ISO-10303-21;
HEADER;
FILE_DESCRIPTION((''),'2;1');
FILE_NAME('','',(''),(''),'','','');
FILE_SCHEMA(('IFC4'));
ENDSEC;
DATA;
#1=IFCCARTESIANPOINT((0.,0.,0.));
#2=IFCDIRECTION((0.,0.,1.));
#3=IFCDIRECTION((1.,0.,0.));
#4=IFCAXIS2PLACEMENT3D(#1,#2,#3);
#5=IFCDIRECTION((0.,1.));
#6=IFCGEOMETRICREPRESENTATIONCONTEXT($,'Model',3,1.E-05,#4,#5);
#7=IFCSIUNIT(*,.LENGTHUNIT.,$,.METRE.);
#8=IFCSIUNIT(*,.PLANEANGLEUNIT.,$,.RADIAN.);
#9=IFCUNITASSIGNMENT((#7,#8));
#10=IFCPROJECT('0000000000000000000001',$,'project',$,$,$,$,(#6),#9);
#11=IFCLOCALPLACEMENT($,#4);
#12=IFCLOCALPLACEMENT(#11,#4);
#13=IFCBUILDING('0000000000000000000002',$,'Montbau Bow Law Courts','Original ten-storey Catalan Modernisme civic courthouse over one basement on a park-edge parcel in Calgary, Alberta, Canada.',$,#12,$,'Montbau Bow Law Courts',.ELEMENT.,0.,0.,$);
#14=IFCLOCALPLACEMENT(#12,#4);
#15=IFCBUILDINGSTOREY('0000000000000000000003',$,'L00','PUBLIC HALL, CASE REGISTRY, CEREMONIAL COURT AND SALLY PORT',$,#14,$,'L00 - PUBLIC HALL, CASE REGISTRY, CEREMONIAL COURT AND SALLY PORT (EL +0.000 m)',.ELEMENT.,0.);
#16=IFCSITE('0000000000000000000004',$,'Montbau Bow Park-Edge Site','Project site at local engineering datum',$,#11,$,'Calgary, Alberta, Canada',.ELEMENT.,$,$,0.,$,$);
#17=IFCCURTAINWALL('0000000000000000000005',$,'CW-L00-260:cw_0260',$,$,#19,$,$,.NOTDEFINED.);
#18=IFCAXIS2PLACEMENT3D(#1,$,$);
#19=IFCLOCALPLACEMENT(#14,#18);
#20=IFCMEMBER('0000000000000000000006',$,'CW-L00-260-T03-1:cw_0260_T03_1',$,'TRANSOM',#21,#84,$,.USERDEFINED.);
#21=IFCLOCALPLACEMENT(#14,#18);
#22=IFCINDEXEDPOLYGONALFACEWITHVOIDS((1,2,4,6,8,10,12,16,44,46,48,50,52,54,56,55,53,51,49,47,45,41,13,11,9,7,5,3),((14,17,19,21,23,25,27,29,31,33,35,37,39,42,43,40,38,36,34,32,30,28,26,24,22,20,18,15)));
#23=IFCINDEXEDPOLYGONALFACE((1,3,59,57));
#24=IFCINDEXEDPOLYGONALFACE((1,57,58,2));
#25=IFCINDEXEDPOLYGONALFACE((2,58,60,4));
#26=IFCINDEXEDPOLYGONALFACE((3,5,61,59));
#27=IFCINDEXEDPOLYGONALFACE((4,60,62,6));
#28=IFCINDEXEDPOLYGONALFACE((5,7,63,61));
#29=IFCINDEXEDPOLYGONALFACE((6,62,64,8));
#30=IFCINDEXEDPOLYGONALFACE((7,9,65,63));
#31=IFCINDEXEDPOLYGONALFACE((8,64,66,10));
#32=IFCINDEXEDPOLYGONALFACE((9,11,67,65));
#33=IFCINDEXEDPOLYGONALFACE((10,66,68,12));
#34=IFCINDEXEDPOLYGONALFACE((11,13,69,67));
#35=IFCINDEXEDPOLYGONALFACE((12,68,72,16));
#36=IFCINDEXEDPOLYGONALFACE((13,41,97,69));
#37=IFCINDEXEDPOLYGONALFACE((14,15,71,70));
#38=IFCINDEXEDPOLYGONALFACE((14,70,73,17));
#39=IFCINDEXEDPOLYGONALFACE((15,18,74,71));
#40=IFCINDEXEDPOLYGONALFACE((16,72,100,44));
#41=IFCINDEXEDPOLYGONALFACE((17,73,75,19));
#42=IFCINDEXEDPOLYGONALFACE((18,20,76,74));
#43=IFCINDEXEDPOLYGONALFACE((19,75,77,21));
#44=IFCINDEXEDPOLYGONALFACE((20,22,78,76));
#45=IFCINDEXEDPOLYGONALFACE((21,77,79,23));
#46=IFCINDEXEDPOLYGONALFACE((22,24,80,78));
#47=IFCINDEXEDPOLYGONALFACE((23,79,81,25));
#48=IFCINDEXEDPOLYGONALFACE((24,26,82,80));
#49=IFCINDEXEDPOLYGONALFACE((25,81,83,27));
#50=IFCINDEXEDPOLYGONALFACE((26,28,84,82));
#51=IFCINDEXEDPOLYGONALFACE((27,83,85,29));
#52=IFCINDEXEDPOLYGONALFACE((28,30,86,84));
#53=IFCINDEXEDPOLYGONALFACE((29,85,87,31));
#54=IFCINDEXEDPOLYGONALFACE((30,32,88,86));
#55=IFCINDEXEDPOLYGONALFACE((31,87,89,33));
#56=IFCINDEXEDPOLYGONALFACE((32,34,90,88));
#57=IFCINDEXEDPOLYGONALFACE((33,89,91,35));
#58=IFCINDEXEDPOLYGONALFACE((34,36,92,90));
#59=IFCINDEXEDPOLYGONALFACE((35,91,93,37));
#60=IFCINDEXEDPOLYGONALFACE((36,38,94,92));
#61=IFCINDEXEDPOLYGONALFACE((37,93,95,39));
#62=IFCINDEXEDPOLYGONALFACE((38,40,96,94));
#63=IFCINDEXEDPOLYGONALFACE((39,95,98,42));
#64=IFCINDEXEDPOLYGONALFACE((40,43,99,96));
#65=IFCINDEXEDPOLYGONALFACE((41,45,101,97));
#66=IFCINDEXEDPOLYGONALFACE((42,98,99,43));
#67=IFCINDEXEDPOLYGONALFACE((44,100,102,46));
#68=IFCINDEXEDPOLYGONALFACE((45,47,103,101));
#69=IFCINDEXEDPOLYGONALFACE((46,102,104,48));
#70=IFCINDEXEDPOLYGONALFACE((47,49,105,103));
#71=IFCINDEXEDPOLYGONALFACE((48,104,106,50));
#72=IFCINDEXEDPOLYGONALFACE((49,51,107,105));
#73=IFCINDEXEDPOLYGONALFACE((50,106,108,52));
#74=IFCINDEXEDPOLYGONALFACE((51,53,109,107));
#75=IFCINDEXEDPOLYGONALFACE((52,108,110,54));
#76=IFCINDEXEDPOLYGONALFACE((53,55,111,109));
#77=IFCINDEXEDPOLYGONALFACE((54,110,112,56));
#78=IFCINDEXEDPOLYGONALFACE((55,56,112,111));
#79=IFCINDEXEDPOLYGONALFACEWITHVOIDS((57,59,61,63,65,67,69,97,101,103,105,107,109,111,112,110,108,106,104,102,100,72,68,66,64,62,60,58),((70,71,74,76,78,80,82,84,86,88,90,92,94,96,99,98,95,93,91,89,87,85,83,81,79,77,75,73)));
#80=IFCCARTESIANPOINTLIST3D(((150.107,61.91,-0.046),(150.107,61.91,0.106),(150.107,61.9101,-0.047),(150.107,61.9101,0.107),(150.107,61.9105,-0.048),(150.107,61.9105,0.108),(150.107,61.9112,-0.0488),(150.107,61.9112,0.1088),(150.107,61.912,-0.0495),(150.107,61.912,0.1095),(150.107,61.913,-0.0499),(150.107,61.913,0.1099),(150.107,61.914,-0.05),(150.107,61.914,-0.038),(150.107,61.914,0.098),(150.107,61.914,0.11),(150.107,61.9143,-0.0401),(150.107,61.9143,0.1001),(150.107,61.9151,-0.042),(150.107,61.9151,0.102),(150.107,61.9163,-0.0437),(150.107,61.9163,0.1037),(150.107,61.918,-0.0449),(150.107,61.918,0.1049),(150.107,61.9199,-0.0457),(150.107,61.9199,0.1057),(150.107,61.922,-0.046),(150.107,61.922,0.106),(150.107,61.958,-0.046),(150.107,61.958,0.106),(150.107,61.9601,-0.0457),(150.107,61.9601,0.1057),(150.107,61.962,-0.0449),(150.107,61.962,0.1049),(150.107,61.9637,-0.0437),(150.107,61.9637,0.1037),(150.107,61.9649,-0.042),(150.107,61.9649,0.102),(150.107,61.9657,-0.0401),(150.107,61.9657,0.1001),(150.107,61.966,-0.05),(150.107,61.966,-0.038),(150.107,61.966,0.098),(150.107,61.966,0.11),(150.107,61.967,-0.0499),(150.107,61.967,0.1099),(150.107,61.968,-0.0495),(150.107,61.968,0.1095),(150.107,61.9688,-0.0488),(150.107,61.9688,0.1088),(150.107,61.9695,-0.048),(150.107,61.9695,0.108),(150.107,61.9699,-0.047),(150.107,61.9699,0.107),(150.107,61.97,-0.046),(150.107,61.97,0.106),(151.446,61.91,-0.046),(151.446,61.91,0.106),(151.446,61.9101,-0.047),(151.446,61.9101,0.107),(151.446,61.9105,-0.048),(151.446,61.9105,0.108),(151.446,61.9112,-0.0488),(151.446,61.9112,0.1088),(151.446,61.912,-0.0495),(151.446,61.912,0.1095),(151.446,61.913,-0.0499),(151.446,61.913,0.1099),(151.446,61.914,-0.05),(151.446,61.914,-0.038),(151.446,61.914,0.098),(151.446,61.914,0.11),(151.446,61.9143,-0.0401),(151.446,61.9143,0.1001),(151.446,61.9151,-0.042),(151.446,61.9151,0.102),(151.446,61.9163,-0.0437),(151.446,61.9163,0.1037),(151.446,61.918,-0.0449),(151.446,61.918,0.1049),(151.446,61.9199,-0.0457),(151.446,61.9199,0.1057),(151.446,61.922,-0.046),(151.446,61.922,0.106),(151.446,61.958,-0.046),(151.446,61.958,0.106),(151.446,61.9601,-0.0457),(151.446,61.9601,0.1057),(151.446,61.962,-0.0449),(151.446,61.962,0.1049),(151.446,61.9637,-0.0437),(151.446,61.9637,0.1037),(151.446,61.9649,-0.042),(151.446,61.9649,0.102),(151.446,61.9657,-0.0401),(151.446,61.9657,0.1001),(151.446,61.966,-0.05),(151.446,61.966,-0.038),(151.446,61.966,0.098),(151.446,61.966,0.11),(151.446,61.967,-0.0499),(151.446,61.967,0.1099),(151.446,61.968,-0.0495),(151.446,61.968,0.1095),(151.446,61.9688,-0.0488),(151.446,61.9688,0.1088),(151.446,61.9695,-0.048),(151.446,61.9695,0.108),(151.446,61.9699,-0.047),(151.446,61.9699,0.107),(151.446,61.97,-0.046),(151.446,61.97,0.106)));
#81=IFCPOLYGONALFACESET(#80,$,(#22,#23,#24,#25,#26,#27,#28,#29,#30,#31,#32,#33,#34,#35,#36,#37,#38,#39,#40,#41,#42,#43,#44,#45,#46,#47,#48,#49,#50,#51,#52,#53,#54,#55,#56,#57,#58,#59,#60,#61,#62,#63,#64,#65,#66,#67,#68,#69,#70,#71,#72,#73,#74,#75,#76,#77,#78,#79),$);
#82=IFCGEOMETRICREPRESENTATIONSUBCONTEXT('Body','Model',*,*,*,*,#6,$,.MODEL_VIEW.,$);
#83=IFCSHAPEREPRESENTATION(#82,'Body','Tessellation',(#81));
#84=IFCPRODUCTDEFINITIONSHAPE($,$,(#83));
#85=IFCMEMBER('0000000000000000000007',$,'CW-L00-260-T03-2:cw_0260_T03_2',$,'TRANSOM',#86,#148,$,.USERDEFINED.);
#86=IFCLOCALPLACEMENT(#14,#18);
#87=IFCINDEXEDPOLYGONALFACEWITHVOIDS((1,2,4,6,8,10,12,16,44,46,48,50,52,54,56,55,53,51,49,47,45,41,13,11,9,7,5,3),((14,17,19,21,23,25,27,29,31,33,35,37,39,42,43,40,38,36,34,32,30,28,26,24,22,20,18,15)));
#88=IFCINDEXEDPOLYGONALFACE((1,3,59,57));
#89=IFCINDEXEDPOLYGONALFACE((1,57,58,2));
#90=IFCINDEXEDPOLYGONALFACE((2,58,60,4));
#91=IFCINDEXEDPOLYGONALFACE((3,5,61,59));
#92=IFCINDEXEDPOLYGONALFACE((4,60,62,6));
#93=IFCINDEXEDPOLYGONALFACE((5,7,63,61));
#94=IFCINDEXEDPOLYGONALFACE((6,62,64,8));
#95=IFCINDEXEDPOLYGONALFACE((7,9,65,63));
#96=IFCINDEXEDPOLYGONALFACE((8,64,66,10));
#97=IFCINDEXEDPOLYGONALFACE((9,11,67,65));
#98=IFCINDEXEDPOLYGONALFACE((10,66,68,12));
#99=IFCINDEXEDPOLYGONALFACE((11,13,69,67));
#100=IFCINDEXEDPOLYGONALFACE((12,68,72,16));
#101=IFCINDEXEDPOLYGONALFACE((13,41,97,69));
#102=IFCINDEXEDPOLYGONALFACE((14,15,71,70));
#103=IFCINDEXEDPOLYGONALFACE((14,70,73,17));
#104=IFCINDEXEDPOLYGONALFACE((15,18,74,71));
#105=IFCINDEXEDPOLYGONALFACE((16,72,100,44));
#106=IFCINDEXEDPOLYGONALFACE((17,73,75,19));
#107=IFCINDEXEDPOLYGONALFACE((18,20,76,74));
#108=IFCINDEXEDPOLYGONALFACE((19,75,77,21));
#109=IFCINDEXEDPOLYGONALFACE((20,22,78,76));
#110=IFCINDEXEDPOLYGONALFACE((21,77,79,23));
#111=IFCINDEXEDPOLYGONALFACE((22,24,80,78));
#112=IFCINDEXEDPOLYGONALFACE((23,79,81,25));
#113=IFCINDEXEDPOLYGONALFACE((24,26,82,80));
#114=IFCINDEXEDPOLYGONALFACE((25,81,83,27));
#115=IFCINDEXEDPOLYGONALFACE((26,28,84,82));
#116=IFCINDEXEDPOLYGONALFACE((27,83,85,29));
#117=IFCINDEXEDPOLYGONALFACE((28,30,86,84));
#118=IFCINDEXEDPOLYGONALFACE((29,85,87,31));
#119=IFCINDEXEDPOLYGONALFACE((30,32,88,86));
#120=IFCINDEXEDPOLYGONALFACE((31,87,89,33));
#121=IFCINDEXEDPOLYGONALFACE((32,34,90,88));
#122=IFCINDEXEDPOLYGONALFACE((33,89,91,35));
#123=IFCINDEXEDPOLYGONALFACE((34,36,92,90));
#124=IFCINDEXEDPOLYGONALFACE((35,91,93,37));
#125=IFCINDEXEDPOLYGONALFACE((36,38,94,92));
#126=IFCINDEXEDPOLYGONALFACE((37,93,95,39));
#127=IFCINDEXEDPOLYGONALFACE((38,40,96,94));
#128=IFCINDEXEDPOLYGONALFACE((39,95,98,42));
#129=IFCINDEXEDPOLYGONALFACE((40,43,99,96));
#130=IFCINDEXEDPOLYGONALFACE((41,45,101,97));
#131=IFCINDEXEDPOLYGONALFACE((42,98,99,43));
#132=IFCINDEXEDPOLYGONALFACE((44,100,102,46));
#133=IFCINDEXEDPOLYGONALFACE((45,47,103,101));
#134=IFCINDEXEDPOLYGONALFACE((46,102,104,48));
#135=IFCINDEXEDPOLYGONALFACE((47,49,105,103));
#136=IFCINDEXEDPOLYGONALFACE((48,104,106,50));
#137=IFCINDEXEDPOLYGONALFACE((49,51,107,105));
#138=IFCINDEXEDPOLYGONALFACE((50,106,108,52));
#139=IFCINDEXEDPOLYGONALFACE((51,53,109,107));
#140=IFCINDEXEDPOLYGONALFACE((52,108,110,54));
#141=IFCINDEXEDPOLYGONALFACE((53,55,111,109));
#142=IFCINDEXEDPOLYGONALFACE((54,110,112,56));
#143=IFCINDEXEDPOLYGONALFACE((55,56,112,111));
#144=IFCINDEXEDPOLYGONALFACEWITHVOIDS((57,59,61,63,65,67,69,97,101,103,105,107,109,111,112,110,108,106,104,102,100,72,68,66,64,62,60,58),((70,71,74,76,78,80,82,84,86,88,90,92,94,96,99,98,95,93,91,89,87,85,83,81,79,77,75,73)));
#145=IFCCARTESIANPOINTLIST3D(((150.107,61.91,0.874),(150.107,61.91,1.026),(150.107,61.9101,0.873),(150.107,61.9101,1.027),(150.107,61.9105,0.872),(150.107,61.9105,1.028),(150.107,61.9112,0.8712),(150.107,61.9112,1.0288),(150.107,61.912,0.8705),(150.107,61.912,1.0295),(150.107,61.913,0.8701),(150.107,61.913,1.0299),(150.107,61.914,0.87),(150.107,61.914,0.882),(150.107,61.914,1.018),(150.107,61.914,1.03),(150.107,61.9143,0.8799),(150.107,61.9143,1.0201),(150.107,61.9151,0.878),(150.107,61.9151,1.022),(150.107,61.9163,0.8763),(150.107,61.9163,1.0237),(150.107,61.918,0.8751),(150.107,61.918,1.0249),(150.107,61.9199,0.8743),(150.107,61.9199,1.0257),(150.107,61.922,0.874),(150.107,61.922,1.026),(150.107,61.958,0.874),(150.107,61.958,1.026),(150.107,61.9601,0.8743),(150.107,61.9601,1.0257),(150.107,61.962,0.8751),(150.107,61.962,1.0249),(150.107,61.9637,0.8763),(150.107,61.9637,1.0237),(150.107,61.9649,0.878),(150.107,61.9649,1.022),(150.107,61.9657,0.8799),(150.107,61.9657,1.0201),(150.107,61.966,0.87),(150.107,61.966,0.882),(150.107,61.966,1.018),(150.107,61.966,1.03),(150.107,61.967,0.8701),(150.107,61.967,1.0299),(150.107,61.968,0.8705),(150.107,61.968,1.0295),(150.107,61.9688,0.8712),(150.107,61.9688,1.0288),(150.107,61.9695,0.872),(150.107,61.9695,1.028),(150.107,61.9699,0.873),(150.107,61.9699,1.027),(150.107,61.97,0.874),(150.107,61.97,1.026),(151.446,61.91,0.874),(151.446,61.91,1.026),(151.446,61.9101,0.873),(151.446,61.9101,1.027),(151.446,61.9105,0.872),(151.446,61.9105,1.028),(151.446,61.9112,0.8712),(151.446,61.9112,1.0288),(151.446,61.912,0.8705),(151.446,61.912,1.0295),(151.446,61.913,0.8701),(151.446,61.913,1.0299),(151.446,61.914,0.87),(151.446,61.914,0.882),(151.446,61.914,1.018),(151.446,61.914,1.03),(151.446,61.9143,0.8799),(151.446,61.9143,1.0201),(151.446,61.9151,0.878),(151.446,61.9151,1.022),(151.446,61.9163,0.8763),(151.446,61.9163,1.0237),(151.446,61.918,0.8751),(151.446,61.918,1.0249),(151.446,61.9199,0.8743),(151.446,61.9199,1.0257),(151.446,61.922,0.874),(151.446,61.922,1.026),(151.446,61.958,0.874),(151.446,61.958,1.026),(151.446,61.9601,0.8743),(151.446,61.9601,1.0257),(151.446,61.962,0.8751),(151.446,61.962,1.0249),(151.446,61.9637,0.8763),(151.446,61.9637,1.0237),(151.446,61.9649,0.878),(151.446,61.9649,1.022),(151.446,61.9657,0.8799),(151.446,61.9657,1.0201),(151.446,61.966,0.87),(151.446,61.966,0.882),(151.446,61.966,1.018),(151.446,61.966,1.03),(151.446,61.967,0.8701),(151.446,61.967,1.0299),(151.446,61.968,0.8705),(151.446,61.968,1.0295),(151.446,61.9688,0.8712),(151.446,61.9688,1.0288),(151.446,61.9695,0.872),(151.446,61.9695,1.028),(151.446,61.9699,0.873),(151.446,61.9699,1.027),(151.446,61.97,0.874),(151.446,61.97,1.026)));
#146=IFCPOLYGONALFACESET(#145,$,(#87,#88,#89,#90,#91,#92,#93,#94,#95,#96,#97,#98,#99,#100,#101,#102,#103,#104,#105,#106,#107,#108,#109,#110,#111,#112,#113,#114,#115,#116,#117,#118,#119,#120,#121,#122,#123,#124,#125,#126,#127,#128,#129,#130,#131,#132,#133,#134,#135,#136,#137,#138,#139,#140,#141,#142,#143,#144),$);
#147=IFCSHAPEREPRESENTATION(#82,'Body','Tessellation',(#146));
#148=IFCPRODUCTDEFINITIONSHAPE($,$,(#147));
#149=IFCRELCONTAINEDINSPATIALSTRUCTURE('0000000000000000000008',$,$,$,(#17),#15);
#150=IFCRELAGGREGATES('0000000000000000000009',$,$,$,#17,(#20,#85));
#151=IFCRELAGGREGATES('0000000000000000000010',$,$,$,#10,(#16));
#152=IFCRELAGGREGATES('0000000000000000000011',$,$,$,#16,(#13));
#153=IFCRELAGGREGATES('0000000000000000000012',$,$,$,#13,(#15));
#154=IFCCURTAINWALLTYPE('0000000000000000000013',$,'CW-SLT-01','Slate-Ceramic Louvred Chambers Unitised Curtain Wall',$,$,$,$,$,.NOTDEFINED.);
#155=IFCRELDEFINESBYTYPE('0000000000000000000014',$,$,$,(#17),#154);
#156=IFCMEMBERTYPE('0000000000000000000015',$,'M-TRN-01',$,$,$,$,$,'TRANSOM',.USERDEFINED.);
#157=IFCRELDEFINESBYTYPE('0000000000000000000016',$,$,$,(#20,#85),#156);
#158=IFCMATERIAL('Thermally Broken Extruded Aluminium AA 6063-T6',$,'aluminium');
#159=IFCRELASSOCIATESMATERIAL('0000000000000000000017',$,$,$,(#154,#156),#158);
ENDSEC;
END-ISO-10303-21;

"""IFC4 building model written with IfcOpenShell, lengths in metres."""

from ifc_helpers import new_model, si_unit, direction, frame, origin_with_axes, origin_2d_with_axis, place, context, subcontext, project, spatial, hollow_rectangle, extrude, material, material_profile, profile_set, type_object, element, aggregate, save


model = new_model("IFC4")

# Units and contexts
model_context = context("Model", 3, precision=1e-05, world=origin_with_axes(), true_north=direction((0.0, 1.0)))
body_context = subcontext(model_context, "Body", "Model", "MODEL_VIEW")
ifc_project = project(units=[si_unit("LENGTHUNIT", "METRE"), si_unit("PLANEANGLEUNIT", "RADIAN")], contexts=[model_context])

# Site, building, storey
site_placement = place(None, origin_with_axes())
site = spatial("IfcSite", under=ifc_project, at=site_placement, Name="Montbau Bow Park-Edge Site", Description="Project site at local engineering datum", LongName="Calgary, Alberta, Canada", CompositionType="ELEMENT", RefElevation=0.0)
building_placement = place(site_placement, origin_with_axes())
building = spatial("IfcBuilding", under=site, at=building_placement, Name="Montbau Bow Law Courts", Description="Original ten-storey Catalan Modernisme civic courthouse over one basement on a park-edge parcel in Calgary, Alberta, Canada.", LongName="Montbau Bow Law Courts", CompositionType="ELEMENT", ElevationOfRefHeight=0.0, ElevationOfTerrain=0.0)
storey_placement = place(building_placement, origin_with_axes())
storey = spatial("IfcBuildingStorey", under=building, at=storey_placement, Name="L00", Description="PUBLIC HALL, CASE REGISTRY, CEREMONIAL COURT AND SALLY PORT", LongName="L00 - PUBLIC HALL, CASE REGISTRY, CEREMONIAL COURT AND SALLY PORT (EL +0.000 m)", CompositionType="ELEMENT", Elevation=0.0)

# Curtain wall, members
ifc_material_1 = material(Name="Thermally Broken Extruded Aluminium AA 6063-T6", Category="aluminium")
curtain_wall_type = type_object("IfcCurtainWallType", Name="CW-SLT-01", Description="Slate-Ceramic Louvred Chambers Unitised Curtain Wall", PredefinedType="NOTDEFINED", material=ifc_material_1)
curtain_wall_placement = place(None, frame((147.268, 61.94, 0.0), z_axis=(0.0, 0.0, 1.0), x_axis=(1.0, 0.0, 0.0)))
curtain_wall = element("IfcCurtainWall", 1, at=curtain_wall_placement, inside=storey, type_object=curtain_wall_type, Name="CW-L00-260:cw_0260", PredefinedType="NOTDEFINED")
ifc_material_profile_1 = material_profile(ifc_material_1, hollow_rectangle(XDim=0.06, YDim=0.16, WallThickness=0.004, InnerFilletRadius=0.008, OuterFilletRadius=0.004, at=origin_2d_with_axis()), Name="CWT-160X60", Category="Main", Priority=0)
ifc_profile_set_1 = profile_set([ifc_material_profile_1], Name="Thermally Broken Extruded Aluminium AA 6063-T6")
member_type_1 = type_object("IfcMemberType", Name="M-TRN-01", ElementType="TRANSOM", PredefinedType="USERDEFINED", material=ifc_profile_set_1)
member_1_placement = place(None, frame((150.107, 61.94, 0.03), z_axis=(1.0, 0.0, 0.0), x_axis=(0.0, 1.0, 0.0)))
member_1 = element("IfcMember", 2, at=member_1_placement, type_object=member_type_1, Name="CW-L00-260-T03-1:cw_0260_T03_1", ObjectType="TRANSOM", PredefinedType="USERDEFINED", context=body_context, shape_type="SweptSolid", body=[
    extrude(hollow_rectangle(XDim=0.06, YDim=0.16, WallThickness=0.004, InnerFilletRadius=0.008, OuterFilletRadius=0.004, at=origin_2d_with_axis()), origin_with_axes(), (0.0, 0.0, 1.0), 1.339),
])
member_2_placement = place(None, frame((150.107, 61.94, 0.95), z_axis=(1.0, 0.0, 0.0), x_axis=(0.0, 1.0, 0.0)))
member_2 = element("IfcMember", 3, at=member_2_placement, type_object=member_type_1, Name="CW-L00-260-T03-2:cw_0260_T03_2", ObjectType="TRANSOM", PredefinedType="USERDEFINED", context=body_context, shape_type="SweptSolid", body=[
    extrude(hollow_rectangle(XDim=0.06, YDim=0.16, WallThickness=0.004, InnerFilletRadius=0.008, OuterFilletRadius=0.004, at=origin_2d_with_axis()), origin_with_axes(), (0.0, 0.0, 1.0), 1.339),
])
aggregate(curtain_wall, [member_1, member_2])

save(model, "model.ifc")
